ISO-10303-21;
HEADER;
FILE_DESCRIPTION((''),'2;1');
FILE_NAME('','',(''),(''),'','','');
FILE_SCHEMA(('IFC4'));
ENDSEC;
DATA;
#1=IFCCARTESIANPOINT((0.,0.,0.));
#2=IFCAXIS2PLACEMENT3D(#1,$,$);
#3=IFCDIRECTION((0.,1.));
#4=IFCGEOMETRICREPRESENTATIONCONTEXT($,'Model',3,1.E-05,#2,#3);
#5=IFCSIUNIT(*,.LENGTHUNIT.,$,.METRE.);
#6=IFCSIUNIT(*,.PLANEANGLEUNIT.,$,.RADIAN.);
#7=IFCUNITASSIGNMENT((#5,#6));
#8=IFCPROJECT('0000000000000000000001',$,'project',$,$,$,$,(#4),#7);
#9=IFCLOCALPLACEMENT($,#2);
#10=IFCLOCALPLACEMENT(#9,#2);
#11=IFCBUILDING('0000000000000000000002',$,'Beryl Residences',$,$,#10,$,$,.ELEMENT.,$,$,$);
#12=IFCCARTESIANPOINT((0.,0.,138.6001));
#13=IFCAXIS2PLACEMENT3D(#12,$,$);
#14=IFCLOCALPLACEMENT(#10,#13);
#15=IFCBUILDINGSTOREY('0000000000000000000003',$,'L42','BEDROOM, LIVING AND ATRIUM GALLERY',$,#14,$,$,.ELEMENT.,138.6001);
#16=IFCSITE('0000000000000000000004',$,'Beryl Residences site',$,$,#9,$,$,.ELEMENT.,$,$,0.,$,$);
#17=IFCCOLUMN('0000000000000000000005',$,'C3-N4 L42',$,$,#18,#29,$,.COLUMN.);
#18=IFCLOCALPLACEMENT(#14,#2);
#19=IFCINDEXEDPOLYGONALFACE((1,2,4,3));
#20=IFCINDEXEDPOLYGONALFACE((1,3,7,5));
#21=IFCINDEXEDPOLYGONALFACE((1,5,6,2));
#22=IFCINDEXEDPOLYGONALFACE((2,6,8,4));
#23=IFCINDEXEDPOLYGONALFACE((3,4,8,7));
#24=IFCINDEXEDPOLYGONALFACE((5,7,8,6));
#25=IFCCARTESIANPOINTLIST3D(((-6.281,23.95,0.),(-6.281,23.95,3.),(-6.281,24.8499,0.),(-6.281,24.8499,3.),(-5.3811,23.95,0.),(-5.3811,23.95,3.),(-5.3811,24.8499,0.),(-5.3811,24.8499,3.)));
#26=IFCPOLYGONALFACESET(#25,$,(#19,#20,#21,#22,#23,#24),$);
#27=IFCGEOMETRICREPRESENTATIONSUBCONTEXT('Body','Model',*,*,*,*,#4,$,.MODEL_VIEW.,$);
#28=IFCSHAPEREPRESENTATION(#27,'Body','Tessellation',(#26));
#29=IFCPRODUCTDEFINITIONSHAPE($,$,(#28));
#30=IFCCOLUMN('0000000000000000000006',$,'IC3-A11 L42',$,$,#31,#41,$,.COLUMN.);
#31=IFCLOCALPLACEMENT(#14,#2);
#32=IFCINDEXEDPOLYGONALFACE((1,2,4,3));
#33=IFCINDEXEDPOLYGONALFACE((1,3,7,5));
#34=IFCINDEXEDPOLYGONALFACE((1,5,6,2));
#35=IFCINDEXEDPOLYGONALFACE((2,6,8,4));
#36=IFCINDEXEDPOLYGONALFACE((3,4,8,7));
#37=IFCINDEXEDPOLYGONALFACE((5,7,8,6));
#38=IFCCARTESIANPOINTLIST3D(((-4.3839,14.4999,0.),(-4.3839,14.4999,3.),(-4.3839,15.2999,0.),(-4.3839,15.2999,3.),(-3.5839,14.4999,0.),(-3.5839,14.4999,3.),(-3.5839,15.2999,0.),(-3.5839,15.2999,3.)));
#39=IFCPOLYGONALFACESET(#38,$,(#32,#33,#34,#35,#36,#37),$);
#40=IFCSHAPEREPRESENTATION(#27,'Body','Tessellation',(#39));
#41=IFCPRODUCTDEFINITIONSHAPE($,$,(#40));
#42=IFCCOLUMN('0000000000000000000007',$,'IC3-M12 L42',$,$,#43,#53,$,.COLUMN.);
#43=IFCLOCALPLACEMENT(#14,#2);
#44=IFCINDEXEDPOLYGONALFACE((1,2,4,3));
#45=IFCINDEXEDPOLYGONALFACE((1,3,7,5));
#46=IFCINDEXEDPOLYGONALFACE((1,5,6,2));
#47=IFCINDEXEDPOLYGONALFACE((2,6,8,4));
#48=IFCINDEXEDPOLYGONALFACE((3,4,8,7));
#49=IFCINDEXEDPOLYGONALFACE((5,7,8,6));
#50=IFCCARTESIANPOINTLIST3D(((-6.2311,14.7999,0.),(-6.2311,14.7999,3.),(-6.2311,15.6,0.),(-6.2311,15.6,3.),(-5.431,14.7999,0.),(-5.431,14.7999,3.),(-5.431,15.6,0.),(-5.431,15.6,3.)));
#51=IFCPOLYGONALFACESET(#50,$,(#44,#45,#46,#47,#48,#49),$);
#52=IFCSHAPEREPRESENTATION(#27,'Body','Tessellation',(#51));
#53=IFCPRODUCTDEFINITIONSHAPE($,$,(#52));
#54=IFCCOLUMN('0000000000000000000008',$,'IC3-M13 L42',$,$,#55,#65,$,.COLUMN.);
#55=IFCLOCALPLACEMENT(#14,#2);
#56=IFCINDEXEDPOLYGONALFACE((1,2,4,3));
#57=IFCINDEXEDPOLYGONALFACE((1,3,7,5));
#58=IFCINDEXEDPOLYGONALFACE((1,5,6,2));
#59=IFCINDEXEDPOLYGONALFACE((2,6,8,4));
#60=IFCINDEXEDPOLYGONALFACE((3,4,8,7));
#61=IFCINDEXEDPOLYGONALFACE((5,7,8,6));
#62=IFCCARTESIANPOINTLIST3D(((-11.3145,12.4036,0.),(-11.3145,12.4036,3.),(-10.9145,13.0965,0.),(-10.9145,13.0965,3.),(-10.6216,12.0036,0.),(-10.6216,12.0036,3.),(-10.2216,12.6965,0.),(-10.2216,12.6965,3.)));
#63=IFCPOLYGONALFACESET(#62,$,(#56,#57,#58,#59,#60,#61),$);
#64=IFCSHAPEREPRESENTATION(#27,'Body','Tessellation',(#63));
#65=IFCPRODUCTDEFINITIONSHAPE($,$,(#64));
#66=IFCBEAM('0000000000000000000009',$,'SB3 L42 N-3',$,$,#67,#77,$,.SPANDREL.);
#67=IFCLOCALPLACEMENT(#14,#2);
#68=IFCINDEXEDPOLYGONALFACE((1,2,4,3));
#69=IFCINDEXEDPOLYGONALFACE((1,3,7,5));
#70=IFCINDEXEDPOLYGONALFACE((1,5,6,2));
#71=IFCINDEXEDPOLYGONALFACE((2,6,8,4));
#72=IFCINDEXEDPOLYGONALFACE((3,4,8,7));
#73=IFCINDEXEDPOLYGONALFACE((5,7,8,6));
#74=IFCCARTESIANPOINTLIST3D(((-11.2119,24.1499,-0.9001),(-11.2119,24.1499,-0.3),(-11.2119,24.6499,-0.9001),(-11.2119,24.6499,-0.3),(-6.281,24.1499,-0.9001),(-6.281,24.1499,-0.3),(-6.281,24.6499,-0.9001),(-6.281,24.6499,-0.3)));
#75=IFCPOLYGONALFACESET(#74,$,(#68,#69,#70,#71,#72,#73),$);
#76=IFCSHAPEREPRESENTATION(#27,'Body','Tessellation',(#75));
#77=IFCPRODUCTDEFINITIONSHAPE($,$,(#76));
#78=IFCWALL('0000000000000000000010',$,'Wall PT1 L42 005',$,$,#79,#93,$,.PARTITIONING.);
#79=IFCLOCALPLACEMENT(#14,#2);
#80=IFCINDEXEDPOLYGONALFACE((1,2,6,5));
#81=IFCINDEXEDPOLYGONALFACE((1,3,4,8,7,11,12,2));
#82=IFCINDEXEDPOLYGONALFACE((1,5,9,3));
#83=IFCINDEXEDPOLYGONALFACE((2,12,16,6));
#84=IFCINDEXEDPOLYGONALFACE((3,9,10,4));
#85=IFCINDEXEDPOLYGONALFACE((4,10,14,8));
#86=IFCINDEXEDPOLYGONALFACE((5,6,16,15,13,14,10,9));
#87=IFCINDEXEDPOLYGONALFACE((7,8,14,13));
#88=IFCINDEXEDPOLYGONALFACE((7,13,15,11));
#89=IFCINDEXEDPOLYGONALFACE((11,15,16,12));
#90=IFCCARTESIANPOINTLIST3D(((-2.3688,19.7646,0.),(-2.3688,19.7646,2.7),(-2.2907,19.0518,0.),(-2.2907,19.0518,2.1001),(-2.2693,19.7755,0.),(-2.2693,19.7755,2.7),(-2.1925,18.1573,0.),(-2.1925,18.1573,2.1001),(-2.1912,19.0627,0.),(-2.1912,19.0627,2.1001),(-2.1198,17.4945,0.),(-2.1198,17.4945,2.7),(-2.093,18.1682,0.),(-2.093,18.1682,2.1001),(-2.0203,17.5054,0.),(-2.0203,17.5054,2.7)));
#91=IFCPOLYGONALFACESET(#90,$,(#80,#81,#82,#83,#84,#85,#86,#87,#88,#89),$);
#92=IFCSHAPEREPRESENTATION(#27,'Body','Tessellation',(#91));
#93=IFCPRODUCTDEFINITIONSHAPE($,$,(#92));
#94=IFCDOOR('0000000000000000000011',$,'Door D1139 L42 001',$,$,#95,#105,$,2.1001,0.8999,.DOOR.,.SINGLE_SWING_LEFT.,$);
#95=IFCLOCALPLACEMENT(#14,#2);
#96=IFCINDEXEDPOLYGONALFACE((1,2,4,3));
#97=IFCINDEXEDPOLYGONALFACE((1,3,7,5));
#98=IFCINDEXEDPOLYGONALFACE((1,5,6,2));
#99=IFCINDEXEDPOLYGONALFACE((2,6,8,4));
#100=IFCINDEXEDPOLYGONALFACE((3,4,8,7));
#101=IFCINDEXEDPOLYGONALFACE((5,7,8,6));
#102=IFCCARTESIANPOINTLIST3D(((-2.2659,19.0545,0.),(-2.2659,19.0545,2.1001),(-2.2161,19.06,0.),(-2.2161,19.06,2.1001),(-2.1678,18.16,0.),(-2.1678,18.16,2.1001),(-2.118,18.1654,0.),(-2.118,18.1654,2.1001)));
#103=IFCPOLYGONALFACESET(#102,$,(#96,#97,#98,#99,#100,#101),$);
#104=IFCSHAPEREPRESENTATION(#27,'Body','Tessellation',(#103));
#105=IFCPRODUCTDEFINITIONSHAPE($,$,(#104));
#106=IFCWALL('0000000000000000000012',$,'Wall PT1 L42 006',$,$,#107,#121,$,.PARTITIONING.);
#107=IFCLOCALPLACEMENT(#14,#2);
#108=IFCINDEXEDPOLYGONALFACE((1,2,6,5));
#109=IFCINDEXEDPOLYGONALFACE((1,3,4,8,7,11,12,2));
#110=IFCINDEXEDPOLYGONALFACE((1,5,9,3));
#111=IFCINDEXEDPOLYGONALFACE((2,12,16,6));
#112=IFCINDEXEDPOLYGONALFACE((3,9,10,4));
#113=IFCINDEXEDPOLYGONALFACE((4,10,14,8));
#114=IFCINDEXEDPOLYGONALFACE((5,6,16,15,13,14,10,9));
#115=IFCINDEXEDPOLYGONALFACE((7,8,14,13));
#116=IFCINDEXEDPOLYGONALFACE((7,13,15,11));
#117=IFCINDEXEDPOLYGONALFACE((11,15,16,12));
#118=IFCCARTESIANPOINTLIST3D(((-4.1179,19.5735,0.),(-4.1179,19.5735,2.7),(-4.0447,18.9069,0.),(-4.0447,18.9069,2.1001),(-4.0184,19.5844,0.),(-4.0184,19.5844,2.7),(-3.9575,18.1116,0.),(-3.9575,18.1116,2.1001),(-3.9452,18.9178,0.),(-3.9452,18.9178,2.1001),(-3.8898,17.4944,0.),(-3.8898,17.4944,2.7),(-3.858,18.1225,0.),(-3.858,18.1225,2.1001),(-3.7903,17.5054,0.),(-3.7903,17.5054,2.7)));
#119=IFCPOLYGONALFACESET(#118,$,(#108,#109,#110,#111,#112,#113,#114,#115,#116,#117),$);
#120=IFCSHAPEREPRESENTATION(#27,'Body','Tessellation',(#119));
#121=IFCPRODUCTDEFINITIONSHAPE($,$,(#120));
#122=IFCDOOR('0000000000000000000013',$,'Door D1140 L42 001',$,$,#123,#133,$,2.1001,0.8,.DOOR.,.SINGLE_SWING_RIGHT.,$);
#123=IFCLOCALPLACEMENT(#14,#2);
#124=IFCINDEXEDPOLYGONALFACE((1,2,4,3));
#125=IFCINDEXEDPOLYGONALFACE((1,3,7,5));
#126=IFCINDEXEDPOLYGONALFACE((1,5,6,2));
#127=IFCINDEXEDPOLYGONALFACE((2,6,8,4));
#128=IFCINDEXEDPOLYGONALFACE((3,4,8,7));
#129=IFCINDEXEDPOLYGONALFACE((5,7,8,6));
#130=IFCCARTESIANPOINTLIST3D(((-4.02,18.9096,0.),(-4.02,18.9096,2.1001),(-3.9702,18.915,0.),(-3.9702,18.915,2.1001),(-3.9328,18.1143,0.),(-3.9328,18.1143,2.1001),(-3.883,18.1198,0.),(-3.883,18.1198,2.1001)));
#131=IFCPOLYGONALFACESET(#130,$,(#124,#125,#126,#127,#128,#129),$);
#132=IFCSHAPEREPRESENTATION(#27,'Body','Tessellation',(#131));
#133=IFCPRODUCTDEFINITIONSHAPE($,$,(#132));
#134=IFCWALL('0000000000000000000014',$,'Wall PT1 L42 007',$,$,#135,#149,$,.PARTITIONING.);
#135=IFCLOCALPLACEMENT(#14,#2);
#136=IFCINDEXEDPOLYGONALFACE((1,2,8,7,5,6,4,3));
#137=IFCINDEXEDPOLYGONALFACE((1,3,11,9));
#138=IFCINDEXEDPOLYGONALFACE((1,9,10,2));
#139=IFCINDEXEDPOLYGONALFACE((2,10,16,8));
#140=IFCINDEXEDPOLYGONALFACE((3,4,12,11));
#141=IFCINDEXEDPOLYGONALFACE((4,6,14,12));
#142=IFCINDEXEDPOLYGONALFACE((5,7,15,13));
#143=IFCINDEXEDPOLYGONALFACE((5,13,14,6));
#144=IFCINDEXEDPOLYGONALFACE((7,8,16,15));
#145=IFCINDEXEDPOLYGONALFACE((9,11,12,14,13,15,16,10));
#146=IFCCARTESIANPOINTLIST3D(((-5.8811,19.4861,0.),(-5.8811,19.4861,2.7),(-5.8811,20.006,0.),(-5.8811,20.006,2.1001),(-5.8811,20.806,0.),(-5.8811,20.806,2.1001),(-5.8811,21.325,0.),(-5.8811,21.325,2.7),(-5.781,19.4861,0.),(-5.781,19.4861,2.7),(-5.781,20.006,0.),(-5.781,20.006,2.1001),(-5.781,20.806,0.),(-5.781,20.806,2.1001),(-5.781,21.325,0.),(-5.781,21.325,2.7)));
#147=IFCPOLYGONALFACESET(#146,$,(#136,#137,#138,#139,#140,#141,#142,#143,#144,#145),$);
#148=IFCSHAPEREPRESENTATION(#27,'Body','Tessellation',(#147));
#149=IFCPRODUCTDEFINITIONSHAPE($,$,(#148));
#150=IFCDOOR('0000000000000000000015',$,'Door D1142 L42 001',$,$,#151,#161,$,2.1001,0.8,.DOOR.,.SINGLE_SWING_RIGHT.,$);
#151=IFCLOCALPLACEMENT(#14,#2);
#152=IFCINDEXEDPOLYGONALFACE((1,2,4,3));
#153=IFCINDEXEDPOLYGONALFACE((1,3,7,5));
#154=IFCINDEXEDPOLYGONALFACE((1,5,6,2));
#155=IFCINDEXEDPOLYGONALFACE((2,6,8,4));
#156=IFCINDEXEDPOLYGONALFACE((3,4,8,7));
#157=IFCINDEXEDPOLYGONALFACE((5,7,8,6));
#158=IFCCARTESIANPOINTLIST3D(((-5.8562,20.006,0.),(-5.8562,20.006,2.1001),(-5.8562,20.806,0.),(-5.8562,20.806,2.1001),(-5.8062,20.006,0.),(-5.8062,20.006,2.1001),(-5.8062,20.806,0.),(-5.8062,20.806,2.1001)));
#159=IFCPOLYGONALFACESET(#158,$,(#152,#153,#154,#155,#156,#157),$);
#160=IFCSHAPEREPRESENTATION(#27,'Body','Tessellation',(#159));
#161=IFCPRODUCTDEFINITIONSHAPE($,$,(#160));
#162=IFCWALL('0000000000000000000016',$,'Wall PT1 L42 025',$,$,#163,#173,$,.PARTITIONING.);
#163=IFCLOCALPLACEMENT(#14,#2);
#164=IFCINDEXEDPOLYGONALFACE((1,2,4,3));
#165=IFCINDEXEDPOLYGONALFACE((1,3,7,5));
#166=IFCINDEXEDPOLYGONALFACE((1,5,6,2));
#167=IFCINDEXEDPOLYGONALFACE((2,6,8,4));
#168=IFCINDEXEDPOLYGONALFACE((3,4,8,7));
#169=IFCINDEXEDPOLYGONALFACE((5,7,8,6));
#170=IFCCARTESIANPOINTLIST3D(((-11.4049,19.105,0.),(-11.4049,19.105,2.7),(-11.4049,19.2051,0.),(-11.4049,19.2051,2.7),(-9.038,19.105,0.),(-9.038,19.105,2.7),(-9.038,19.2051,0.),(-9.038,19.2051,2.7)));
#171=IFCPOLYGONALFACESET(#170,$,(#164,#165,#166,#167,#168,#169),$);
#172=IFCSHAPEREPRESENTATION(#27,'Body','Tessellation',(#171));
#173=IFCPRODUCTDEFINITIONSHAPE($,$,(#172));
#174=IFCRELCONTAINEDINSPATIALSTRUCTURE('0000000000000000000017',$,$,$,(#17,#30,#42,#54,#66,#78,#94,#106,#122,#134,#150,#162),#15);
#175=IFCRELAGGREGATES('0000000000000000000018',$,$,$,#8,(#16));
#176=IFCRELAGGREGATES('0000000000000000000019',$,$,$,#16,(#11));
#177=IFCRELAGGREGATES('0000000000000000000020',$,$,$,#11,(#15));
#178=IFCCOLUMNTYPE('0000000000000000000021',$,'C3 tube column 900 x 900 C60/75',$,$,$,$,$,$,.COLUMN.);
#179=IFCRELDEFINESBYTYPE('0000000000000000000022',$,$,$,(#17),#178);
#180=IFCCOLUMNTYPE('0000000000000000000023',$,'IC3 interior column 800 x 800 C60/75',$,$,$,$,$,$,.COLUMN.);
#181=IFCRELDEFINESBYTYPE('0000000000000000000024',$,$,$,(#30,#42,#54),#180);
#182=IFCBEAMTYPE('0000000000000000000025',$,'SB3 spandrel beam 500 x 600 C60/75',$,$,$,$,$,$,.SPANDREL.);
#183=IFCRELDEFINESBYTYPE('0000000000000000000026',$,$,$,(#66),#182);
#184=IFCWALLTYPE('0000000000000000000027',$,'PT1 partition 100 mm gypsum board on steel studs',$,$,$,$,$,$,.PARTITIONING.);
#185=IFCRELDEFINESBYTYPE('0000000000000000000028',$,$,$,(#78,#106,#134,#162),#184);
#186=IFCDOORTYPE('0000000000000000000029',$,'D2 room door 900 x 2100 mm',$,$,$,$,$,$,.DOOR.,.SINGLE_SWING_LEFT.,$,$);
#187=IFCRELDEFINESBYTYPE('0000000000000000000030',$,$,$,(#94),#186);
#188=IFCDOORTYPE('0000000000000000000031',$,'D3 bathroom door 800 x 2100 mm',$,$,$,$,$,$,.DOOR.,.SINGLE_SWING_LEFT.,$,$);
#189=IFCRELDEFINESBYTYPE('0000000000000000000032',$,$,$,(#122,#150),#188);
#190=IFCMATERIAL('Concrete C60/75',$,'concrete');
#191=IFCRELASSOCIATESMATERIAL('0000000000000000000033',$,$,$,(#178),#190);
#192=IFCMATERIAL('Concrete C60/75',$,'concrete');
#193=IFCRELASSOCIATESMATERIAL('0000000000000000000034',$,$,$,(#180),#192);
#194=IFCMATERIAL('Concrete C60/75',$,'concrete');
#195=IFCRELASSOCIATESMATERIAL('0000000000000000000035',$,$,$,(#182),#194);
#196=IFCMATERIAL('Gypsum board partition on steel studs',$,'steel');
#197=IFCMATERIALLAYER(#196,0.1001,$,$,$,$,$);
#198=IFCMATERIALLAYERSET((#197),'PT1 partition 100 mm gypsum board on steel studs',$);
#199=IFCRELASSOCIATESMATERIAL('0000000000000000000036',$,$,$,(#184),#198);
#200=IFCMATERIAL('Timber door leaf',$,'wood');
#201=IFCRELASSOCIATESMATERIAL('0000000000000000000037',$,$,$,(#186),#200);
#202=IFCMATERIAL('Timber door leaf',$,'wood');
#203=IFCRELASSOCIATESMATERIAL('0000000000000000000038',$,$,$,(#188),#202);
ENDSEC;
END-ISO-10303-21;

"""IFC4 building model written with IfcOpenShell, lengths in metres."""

from ifc_helpers import new_model, si_unit, direction, frame, frame_2d, origin, origin_2d, place, context, subcontext, project, spatial, rectangle, extrude, material, layer, layer_set, material_profile, profile_set, type_object, element, fill, save


model = new_model("IFC4")

# Units and contexts
model_context = context("Model", 3, precision=1e-05, world=origin(), true_north=direction((0.0, 1.0)))
body_context = subcontext(model_context, "Body", "Model", "MODEL_VIEW")
ifc_project = project(units=[si_unit("LENGTHUNIT", "METRE"), si_unit("PLANEANGLEUNIT", "RADIAN")], contexts=[model_context])

# Site, building, storey
site_placement = place(None, origin())
site = spatial("IfcSite", under=ifc_project, at=site_placement, Name="Beryl Residences site", CompositionType="ELEMENT", RefElevation=0.0)
building_placement = place(site_placement, origin())
building = spatial("IfcBuilding", under=site, at=building_placement, Name="Beryl Residences", CompositionType="ELEMENT")
storey_placement = place(building_placement, frame((0.0, 0.0, 138.6001)))
storey = spatial("IfcBuildingStorey", under=building, at=storey_placement, Name="L42", Description="BEDROOM, LIVING AND ATRIUM GALLERY", CompositionType="ELEMENT", Elevation=138.6001)

# Columns
ifc_material_1 = material(Name="Concrete C60/75", Category="concrete")
ifc_material_profile_1 = material_profile(ifc_material_1, rectangle(XDim=0.8999, YDim=0.8999, at=origin_2d()))
ifc_profile_set_1 = profile_set([ifc_material_profile_1], Name="Concrete C60/75")
column_type_1 = type_object("IfcColumnType", Name="C3 tube column 900 x 900 C60/75", PredefinedType="COLUMN", material=ifc_profile_set_1)
column_placement = place(storey_placement, frame((-5.8311, 24.3999, 0.0), z_axis=(0.0, 0.0, 1.0), x_axis=(-1.0, 0.0, 0.0)))
element("IfcColumn", 1, at=column_placement, inside=storey, type_object=column_type_1, Name="C3-N4 L42", PredefinedType="COLUMN", context=body_context, shape_type="SweptSolid", body=[
    extrude(rectangle(XDim=0.8999, YDim=0.8999, at=origin_2d()), origin(), (0.0, 0.0, 1.0), 3.0),
])
ifc_material_2 = material(Name="Concrete C60/75", Category="concrete")
ifc_material_profile_2 = material_profile(ifc_material_2, rectangle(XDim=0.8, YDim=0.8, at=origin_2d()))
ifc_profile_set_2 = profile_set([ifc_material_profile_2], Name="Concrete C60/75")
column_type_2 = type_object("IfcColumnType", Name="IC3 interior column 800 x 800 C60/75", PredefinedType="COLUMN", material=ifc_profile_set_2)
for number, where, z_axis, x_axis, name in (
    (2, (-3.9839, 14.8999, 0.0), (0.0, 0.0, 1.0), (1.0, 0.0, 0.0), "IC3-A11 L42"),
    (3, (-5.8311, 15.2, 0.0), (0.0, 0.0, 1.0), (-1.0, 0.0, 0.0), "IC3-M12 L42"),
    (4, (-10.7681, 12.55, 0.0), (0.0, 0.0, 1.0), (-0.5, -0.866025, 0.0), "IC3-M13 L42"),
):
    element("IfcColumn", number, at=place(storey_placement, frame(where, z_axis=z_axis, x_axis=x_axis)), inside=storey, type_object=column_type_2, Name=name, PredefinedType="COLUMN", context=body_context, shape_type="SweptSolid", body=[
        extrude(rectangle(XDim=0.8, YDim=0.8, at=origin_2d()), origin(), (0.0, 0.0, 1.0), 3.0),
    ])

# Beam
ifc_material_3 = material(Name="Concrete C60/75", Category="concrete")
ifc_material_profile_3 = material_profile(ifc_material_3, rectangle(XDim=0.5, YDim=0.6001, at=origin_2d()))
ifc_profile_set_3 = profile_set([ifc_material_profile_3], Name="Concrete C60/75")
beam_type = type_object("IfcBeamType", Name="SB3 spandrel beam 500 x 600 C60/75", PredefinedType="SPANDREL", material=ifc_profile_set_3)
beam_placement = place(storey_placement, frame((-6.281, 24.3999, -0.6001), z_axis=(-1.0, 0.0, 0.0), x_axis=(0.0, -1.0, 0.0)))
element("IfcBeam", 5, at=beam_placement, inside=storey, type_object=beam_type, Name="SB3 L42 N-3", PredefinedType="SPANDREL", context=body_context, shape_type="SweptSolid", body=[
    extrude(rectangle(XDim=0.5, YDim=0.6001, at=origin_2d()), origin(), (0.0, 0.0, 1.0), 4.9309),
])

# Walls, openings, doors
ifc_material_4 = material(Name="Gypsum board partition on steel studs", Category="steel")
ifc_layer_1 = layer(ifc_material_4, 0.1001)
ifc_layer_set_1 = layer_set([ifc_layer_1], Name="PT1 partition 100 mm gypsum board on steel studs")
wall_type_1 = type_object("IfcWallType", Name="PT1 partition 100 mm gypsum board on steel studs", PredefinedType="PARTITIONING", material=ifc_layer_set_1)
wall_1_placement = place(storey_placement, frame((-2.3191, 19.77, 0.0), z_axis=(0.0, 0.0, 1.0), x_axis=(0.109047, -0.994037, 0.0)))
wall_1 = element("IfcWall", 6, at=wall_1_placement, inside=storey, type_object=wall_type_1, Name="Wall PT1 L42 005", PredefinedType="PARTITIONING", context=body_context, shape_type="SweptSolid", body=[
    extrude(rectangle(XDim=2.2837, YDim=0.1001, at=frame_2d((1.1418, 0.0))), origin(), (0.0, 0.0, 1.0), 2.7),
])
opening_1_placement = place(wall_1_placement, frame((0.717, 0.0, 0.0)))
opening_1 = element("IfcOpeningElement", 7, at=opening_1_placement, cuts=wall_1, PredefinedType="OPENING", context=body_context, shape_type="SweptSolid", body=[
    extrude(rectangle(XDim=0.8999, YDim=2.1001, at=frame_2d((0.45, 1.05))), frame((0.0, 0.0601, 0.0), z_axis=(0.0, -1.0, 0.0), x_axis=(1.0, 0.0, 0.0)), (0.0, 0.0, 1.0), 0.1201),
])
ifc_material_5 = material(Name="Timber door leaf", Category="wood")
door_type_1 = type_object("IfcDoorType", Name="D2 room door 900 x 2100 mm", OperationType="SINGLE_SWING_LEFT", PredefinedType="DOOR", material=ifc_material_5)
door_1_placement = place(opening_1_placement, origin())
door_1 = element("IfcDoor", 8, at=door_1_placement, inside=storey, type_object=door_type_1, Name="Door D1139 L42 001", OperationType="SINGLE_SWING_LEFT", OverallHeight=2.1001, OverallWidth=0.8999, PredefinedType="DOOR", context=body_context, shape_type="SweptSolid", body=[
    extrude(rectangle(XDim=0.8999, YDim=2.1001, at=frame_2d((0.45, 1.05))), frame((0.0, 0.0249, 0.0), z_axis=(0.0, -1.0, 0.0), x_axis=(1.0, 0.0, 0.0)), (0.0, 0.0, 1.0), 0.05),
])
fill(opening_1, door_1)
wall_2_placement = place(storey_placement, frame((-4.0681, 19.5791, 0.0), z_axis=(0.0, 0.0, 1.0), x_axis=(0.109022, -0.994039, 0.0)))
wall_2 = element("IfcWall", 9, at=wall_2_placement, inside=storey, type_object=wall_type_1, Name="Wall PT1 L42 006", PredefinedType="PARTITIONING", context=body_context, shape_type="SweptSolid", body=[
    extrude(rectangle(XDim=2.0916, YDim=0.1001, at=frame_2d((1.0459, 0.0))), origin(), (0.0, 0.0, 1.0), 2.7),
])
opening_2_placement = place(wall_2_placement, frame((0.6709, 0.0, 0.0)))
opening_2 = element("IfcOpeningElement", 10, at=opening_2_placement, cuts=wall_2, PredefinedType="OPENING", context=body_context, shape_type="SweptSolid", body=[
    extrude(rectangle(XDim=0.8, YDim=2.1001, at=frame_2d((0.3999, 1.05))), frame((0.0, 0.0601, 0.0), z_axis=(0.0, -1.0, 0.0), x_axis=(1.0, 0.0, 0.0)), (0.0, 0.0, 1.0), 0.1201),
])
ifc_material_6 = material(Name="Timber door leaf", Category="wood")
door_type_2 = type_object("IfcDoorType", Name="D3 bathroom door 800 x 2100 mm", OperationType="SINGLE_SWING_LEFT", PredefinedType="DOOR", material=ifc_material_6)
door_2_placement = place(opening_2_placement, origin())
door_2 = element("IfcDoor", 11, at=door_2_placement, inside=storey, type_object=door_type_2, Name="Door D1140 L42 001", OperationType="SINGLE_SWING_RIGHT", OverallHeight=2.1001, OverallWidth=0.8, PredefinedType="DOOR", context=body_context, shape_type="SweptSolid", body=[
    extrude(rectangle(XDim=0.8, YDim=2.1001, at=frame_2d((0.3999, 1.05))), frame((0.0, 0.0249, 0.0), z_axis=(0.0, -1.0, 0.0), x_axis=(1.0, 0.0, 0.0)), (0.0, 0.0, 1.0), 0.05),
])
fill(opening_2, door_2)
wall_3_placement = place(storey_placement, frame((-5.8311, 21.325, 0.0), z_axis=(0.0, 0.0, 1.0), x_axis=(0.0, -1.0, 0.0)))
wall_3 = element("IfcWall", 12, at=wall_3_placement, inside=storey, type_object=wall_type_1, Name="Wall PT1 L42 007", PredefinedType="PARTITIONING", context=body_context, shape_type="SweptSolid", body=[
    extrude(rectangle(XDim=1.8389, YDim=0.1001, at=frame_2d((0.9194, 0.0))), origin(), (0.0, 0.0, 1.0), 2.7),
])
opening_3_placement = place(wall_3_placement, frame((0.519, 0.0, 0.0)))
opening_3 = element("IfcOpeningElement", 13, at=opening_3_placement, cuts=wall_3, PredefinedType="OPENING", context=body_context, shape_type="SweptSolid", body=[
    extrude(rectangle(XDim=0.8, YDim=2.1001, at=frame_2d((0.3999, 1.05))), frame((0.0, 0.0601, 0.0), z_axis=(0.0, -1.0, 0.0), x_axis=(1.0, 0.0, 0.0)), (0.0, 0.0, 1.0), 0.1201),
])
door_3_placement = place(opening_3_placement, origin())
door_3 = element("IfcDoor", 14, at=door_3_placement, inside=storey, type_object=door_type_2, Name="Door D1142 L42 001", OperationType="SINGLE_SWING_RIGHT", OverallHeight=2.1001, OverallWidth=0.8, PredefinedType="DOOR", context=body_context, shape_type="SweptSolid", body=[
    extrude(rectangle(XDim=0.8, YDim=2.1001, at=frame_2d((0.3999, 1.05))), frame((0.0, 0.0249, 0.0), z_axis=(0.0, -1.0, 0.0), x_axis=(1.0, 0.0, 0.0)), (0.0, 0.0, 1.0), 0.05),
])
fill(opening_3, door_3)

# Wall
wall_4_placement = place(storey_placement, frame((-11.405, 19.155, 0.0), z_axis=(0.0, 0.0, 1.0), x_axis=(1.0, 0.0, 0.0)))
element("IfcWall", 15, at=wall_4_placement, inside=storey, type_object=wall_type_1, Name="Wall PT1 L42 025", PredefinedType="PARTITIONING", context=body_context, shape_type="SweptSolid", body=[
    extrude(rectangle(XDim=2.3669, YDim=0.1001, at=frame_2d((1.1836, 0.0))), origin(), (0.0, 0.0, 1.0), 2.7),
])

save(model, "model.ifc")
